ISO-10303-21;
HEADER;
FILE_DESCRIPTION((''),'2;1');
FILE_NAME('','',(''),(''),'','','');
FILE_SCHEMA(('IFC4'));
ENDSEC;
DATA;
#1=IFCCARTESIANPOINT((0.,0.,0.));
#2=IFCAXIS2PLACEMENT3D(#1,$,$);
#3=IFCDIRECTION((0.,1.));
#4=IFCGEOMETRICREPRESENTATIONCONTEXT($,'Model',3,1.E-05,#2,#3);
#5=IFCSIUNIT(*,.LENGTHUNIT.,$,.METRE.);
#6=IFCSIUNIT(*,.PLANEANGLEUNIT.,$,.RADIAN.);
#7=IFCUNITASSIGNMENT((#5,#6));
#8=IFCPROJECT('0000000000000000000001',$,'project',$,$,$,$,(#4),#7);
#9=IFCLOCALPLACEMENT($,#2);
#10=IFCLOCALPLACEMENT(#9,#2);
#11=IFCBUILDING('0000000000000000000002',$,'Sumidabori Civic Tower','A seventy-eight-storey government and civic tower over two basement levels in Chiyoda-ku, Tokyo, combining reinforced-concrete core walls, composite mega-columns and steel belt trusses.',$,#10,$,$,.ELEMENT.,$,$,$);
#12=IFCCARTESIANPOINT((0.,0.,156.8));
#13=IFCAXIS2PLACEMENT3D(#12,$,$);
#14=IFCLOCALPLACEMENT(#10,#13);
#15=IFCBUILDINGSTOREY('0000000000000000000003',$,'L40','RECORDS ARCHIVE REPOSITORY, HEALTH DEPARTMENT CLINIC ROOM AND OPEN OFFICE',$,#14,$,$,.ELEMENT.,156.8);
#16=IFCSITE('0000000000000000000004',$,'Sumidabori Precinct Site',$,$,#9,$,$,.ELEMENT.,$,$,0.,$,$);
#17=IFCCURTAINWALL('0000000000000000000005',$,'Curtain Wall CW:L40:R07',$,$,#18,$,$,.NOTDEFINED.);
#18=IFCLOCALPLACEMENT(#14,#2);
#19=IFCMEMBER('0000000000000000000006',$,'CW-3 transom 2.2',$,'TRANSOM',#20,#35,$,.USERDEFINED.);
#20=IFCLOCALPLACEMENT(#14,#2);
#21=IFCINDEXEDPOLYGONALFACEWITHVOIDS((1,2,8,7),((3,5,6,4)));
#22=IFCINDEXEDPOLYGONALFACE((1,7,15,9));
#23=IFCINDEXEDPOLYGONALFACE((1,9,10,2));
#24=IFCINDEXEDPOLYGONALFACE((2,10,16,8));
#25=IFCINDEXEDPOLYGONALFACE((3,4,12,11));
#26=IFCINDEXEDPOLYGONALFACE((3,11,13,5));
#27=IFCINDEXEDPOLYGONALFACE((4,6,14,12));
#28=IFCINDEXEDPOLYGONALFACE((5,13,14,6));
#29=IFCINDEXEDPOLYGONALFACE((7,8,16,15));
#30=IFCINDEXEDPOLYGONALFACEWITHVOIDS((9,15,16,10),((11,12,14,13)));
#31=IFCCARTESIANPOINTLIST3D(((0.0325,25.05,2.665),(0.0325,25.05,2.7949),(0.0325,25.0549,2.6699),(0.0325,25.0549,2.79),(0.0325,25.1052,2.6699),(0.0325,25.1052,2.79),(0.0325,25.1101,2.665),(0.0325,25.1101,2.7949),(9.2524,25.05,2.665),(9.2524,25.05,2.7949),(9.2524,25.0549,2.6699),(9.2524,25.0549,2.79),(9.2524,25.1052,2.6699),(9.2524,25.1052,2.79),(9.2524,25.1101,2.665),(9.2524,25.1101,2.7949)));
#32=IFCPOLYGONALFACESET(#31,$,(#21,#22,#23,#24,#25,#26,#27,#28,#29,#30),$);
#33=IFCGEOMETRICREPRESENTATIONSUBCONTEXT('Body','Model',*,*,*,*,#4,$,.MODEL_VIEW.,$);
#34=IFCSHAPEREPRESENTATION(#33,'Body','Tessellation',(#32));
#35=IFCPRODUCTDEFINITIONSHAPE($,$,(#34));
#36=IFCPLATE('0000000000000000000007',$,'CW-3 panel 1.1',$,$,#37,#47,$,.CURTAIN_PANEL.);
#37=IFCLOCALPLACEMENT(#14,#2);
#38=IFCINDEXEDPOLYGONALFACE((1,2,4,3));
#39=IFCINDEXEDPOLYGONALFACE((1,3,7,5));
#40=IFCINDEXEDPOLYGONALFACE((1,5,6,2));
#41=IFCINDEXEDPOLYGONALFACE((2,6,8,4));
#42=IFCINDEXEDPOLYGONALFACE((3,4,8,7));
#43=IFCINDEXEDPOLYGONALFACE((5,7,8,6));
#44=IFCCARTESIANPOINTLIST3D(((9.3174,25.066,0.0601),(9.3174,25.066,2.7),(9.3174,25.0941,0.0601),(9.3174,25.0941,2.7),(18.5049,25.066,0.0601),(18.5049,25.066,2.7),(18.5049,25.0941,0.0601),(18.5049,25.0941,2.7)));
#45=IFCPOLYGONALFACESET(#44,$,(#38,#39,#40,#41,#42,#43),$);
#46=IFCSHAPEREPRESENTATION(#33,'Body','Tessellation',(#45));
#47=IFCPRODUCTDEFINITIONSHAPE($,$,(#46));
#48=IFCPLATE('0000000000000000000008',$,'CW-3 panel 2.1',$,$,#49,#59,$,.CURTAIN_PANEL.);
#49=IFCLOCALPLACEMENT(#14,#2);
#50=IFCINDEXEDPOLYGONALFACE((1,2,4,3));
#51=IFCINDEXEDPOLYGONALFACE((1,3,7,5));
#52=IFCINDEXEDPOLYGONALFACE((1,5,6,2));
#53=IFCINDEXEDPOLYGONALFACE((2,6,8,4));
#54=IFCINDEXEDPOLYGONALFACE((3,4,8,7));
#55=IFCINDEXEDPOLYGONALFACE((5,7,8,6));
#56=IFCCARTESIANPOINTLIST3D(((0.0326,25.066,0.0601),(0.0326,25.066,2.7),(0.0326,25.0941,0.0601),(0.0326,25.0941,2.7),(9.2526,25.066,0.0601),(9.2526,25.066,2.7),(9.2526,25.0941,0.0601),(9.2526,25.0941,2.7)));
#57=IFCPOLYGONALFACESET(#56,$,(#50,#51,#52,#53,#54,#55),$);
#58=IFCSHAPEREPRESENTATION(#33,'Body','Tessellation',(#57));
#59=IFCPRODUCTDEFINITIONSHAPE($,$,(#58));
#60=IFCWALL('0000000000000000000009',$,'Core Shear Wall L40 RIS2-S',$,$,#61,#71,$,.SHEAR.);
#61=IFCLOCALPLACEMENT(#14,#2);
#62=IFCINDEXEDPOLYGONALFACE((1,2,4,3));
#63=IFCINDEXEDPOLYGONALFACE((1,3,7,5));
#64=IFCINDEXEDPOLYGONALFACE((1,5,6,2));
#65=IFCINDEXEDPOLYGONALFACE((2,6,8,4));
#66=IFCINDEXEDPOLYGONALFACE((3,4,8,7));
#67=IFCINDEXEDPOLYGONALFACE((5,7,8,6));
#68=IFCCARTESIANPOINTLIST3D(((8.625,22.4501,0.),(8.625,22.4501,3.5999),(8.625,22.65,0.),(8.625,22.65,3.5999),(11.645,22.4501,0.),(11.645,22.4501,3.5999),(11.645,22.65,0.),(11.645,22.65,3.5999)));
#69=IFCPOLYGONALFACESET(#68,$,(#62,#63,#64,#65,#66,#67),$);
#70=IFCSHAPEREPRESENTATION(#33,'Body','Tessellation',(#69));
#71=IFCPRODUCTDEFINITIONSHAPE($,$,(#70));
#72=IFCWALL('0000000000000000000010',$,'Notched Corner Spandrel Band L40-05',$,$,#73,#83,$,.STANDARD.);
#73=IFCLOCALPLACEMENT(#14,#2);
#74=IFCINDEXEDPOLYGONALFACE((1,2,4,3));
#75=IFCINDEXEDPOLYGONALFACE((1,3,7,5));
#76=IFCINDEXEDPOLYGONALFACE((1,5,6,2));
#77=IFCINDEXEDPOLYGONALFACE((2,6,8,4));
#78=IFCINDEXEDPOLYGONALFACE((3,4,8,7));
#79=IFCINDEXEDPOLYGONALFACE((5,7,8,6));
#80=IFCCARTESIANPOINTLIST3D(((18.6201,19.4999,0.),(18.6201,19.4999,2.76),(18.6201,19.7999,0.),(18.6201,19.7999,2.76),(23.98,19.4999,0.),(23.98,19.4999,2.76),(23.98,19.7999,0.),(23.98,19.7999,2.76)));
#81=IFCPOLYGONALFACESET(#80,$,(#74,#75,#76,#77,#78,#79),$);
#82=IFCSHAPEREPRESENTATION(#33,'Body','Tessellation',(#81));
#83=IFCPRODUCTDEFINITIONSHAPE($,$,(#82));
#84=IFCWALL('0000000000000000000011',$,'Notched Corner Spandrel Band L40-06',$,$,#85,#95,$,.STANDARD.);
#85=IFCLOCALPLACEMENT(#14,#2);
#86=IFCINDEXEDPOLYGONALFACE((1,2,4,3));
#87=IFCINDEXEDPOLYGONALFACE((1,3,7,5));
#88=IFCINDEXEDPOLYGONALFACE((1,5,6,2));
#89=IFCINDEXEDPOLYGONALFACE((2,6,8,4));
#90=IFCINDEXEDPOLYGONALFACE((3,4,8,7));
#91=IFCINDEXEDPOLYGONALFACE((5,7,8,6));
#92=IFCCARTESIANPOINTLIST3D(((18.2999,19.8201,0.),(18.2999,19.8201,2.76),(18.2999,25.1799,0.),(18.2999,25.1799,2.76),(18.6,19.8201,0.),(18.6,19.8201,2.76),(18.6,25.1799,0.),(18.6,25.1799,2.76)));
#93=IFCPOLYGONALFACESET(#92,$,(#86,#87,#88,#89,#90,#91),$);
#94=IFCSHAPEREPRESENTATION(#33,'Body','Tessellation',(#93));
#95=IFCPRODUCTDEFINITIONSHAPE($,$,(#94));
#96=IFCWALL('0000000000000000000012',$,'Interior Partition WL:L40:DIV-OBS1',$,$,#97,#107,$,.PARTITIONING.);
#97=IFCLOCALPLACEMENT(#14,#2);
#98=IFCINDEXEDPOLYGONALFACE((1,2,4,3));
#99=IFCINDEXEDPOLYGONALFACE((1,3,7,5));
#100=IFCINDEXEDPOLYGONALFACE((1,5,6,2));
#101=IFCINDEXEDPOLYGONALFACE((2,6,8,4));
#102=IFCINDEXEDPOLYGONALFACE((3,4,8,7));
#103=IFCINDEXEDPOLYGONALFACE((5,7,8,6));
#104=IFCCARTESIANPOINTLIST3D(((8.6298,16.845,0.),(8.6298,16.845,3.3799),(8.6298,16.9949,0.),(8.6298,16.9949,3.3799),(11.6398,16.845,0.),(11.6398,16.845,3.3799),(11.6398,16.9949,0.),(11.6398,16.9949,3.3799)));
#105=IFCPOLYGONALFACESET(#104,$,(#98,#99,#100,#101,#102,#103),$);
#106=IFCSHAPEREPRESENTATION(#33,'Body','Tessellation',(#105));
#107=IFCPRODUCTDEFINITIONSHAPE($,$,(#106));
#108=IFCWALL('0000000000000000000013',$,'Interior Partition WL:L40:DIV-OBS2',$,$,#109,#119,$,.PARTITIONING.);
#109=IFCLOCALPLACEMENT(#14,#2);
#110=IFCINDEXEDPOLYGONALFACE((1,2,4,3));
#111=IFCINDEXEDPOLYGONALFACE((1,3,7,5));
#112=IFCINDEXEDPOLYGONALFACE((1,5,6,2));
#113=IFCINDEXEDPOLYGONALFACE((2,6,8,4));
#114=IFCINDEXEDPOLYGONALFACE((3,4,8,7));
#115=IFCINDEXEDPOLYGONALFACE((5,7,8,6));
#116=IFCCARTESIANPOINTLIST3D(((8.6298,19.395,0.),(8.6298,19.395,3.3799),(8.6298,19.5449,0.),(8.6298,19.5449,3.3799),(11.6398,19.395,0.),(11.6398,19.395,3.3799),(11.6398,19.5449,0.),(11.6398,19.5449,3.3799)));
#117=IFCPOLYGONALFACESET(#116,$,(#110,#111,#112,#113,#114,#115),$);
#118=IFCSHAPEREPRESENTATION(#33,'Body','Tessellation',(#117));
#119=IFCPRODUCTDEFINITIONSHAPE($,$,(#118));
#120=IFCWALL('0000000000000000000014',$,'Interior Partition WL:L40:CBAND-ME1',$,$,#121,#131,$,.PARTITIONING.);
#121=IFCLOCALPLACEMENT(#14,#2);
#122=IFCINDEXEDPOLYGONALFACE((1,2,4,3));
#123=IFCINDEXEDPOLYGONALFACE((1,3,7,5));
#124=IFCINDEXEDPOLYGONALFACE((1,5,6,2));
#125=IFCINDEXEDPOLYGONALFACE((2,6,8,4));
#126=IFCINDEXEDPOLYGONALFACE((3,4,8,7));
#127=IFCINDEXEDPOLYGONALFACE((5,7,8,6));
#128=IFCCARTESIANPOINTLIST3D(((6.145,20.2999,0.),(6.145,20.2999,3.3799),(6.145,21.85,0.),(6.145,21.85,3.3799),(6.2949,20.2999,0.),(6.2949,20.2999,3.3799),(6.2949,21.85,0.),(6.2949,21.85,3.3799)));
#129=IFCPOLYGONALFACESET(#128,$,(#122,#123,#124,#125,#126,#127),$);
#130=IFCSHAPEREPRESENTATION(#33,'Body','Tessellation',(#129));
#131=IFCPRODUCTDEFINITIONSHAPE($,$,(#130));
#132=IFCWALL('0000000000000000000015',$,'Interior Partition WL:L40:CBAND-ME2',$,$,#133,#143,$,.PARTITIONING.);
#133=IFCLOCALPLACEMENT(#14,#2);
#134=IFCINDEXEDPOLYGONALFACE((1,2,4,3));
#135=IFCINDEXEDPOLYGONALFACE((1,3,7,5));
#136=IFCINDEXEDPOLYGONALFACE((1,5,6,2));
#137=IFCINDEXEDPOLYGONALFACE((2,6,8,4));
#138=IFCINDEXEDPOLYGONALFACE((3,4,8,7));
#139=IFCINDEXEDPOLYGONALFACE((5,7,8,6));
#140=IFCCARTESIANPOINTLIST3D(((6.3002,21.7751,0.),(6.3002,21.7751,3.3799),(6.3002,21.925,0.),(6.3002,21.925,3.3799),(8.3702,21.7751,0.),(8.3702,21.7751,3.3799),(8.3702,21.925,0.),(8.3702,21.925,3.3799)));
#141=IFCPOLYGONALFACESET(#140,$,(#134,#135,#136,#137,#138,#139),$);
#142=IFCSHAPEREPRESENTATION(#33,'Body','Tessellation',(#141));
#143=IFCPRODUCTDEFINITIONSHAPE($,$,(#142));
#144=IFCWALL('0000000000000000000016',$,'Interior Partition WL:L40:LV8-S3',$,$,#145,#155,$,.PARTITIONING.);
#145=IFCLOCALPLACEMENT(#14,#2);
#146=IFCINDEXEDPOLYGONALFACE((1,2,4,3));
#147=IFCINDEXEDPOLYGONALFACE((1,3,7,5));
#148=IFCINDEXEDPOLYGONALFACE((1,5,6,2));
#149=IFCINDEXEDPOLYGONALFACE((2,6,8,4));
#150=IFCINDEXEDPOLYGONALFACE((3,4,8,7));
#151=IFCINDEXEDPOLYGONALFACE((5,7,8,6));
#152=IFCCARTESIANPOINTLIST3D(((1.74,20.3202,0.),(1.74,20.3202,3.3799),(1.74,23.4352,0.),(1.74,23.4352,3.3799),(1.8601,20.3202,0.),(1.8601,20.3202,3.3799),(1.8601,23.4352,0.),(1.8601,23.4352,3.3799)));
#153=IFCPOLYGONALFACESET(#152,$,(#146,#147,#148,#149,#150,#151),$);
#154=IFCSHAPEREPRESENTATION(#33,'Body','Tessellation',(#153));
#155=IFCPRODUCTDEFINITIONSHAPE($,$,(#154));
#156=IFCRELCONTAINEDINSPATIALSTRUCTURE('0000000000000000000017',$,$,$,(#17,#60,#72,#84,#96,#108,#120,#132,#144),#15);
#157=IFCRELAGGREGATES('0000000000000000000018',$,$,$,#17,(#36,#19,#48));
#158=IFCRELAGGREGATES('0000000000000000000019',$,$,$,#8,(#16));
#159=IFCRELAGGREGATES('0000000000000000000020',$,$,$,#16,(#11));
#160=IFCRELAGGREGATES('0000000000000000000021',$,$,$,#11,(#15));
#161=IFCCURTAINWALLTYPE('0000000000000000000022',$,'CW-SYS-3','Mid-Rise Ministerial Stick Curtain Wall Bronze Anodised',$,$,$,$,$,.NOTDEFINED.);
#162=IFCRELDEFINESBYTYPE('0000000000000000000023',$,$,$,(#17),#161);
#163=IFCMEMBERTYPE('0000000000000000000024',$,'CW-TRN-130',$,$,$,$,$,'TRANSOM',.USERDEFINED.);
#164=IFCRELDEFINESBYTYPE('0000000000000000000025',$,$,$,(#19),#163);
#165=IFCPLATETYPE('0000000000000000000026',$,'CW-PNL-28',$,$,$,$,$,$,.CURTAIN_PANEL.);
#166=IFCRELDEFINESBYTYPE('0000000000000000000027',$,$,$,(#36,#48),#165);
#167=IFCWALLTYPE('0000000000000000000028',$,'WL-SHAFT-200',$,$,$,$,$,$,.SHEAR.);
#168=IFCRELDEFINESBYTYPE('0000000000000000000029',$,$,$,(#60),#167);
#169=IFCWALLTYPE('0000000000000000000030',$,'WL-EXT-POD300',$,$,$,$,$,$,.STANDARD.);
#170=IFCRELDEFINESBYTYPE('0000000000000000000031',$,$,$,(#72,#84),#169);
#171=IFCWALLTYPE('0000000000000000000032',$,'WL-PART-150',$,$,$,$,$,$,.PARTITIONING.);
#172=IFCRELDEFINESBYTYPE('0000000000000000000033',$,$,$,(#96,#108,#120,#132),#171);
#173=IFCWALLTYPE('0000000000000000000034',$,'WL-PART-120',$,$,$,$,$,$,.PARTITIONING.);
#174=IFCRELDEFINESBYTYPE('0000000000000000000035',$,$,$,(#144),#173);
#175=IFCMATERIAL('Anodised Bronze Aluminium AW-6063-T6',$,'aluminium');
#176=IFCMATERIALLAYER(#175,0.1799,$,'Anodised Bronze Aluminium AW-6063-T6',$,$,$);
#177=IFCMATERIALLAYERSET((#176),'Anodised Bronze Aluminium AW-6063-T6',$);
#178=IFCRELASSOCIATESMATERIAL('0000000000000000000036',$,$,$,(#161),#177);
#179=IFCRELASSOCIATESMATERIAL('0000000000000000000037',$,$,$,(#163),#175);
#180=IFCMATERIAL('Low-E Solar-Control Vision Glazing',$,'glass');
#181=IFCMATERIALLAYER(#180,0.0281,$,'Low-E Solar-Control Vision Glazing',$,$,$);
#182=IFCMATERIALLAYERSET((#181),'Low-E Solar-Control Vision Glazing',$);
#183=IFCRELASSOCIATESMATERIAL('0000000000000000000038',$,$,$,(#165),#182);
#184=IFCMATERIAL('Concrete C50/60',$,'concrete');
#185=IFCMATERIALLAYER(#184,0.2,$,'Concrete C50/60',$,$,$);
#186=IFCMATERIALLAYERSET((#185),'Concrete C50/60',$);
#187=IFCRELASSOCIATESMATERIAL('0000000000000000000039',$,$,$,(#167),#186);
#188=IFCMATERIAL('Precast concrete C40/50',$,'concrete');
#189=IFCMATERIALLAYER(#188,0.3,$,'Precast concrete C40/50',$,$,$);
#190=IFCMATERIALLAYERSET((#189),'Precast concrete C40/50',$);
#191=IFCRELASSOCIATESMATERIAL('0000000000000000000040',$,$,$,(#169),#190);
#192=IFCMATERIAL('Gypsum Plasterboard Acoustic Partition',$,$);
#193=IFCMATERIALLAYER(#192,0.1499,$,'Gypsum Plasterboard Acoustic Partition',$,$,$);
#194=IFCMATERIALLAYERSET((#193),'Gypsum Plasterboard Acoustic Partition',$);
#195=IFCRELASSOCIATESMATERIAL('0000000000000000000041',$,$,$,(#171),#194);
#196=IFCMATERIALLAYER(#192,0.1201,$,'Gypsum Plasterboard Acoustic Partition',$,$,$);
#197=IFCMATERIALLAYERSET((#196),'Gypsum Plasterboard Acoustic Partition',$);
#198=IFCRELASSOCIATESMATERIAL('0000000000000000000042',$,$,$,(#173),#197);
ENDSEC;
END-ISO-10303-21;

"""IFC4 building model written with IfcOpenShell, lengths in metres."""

from ifc_helpers import new_model, si_unit, direction, frame, frame_2d, origin, origin_2d, place, context, subcontext, project, spatial, rectangle, hollow_rectangle, extrude, source, transform, mapped, material, layer, layer_set, material_profile, profile_set, type_object, element, aggregate, save


model = new_model("IFC4")

# Units and contexts
model_context = context("Model", 3, precision=1e-05, world=origin(), true_north=direction((0.0, 1.0)))
body_context = subcontext(model_context, "Body", "Model", "MODEL_VIEW")
ifc_project = project(units=[si_unit("LENGTHUNIT", "METRE"), si_unit("PLANEANGLEUNIT", "RADIAN")], contexts=[model_context])

# Site, building, storey
site_placement = place(None, origin())
site = spatial("IfcSite", under=ifc_project, at=site_placement, Name="Sumidabori Precinct Site", CompositionType="ELEMENT", RefElevation=0.0)
building_placement = place(site_placement, origin())
building = spatial("IfcBuilding", under=site, at=building_placement, Name="Sumidabori Civic Tower", Description="A seventy-eight-storey government and civic tower over two basement levels in Chiyoda-ku, Tokyo, combining reinforced-concrete core walls, composite mega-columns and steel belt trusses.", CompositionType="ELEMENT")
storey_placement = place(building_placement, frame((0.0, 0.0, 156.8)))
storey = spatial("IfcBuildingStorey", under=building, at=storey_placement, Name="L40", Description="RECORDS ARCHIVE REPOSITORY, HEALTH DEPARTMENT CLINIC ROOM AND OPEN OFFICE", CompositionType="ELEMENT", Elevation=156.8)

# Shared definitions
ifc_material_1 = material(Name="Anodised Bronze Aluminium AW-6063-T6", Category="aluminium")
ifc_layer_1 = layer(ifc_material_1, 0.1799, Name="Anodised Bronze Aluminium AW-6063-T6")
ifc_layer_set_1 = layer_set([ifc_layer_1], Name="Anodised Bronze Aluminium AW-6063-T6")
curtain_wall_type = type_object("IfcCurtainWallType", Name="CW-SYS-3", Description="Mid-Rise Ministerial Stick Curtain Wall Bronze Anodised", PredefinedType="NOTDEFINED", material=ifc_layer_set_1)

# Curtain wall, member, plates
curtain_wall_1_placement = place(storey_placement, origin())
curtain_wall_1 = element("IfcCurtainWall", 1, at=curtain_wall_1_placement, inside=storey, type_object=curtain_wall_type, Name="Curtain Wall CW:L40:R07", PredefinedType="NOTDEFINED")
ifc_material_profile_1 = material_profile(ifc_material_1, hollow_rectangle(XDim=0.0601, YDim=0.1299, WallThickness=0.0049, at=origin_2d()), Name="ALU TRANSOM 130x60")
ifc_profile_set_1 = profile_set([ifc_material_profile_1], Name="Anodised Bronze Aluminium AW-6063-T6")
member_type_1 = type_object("IfcMemberType", Name="CW-TRN-130", ElementType="TRANSOM", PredefinedType="USERDEFINED", material=ifc_profile_set_1)
shared_shape_1 = source(origin(), body_context, "Body", "SweptSolid", [
    extrude(hollow_rectangle(XDim=0.0601, YDim=0.1299, WallThickness=0.0049, at=origin_2d()), origin(), (0.0, 0.0, 1.0), 9.22),
])
member_1_placement = place(storey_placement, frame((9.2524, 25.0801, 2.73), z_axis=(-1.0, 0.0, 0.0), x_axis=(0.0, -1.0, 0.0)))
member_1 = element("IfcMember", 2, at=member_1_placement, type_object=member_type_1, Name="CW-3 transom 2.2", ObjectType="TRANSOM", PredefinedType="USERDEFINED", context=body_context, shape_type="MappedRepresentation", body=[
    mapped(shared_shape_1, transform((0.0, 0.0, 0.0), x_axis=(1.0, 0.0, 0.0), y_axis=(0.0, 1.0, 0.0), z_axis=(0.0, 0.0, 1.0), scale=1.0)),
])
ifc_material_2 = material(Name="Low-E Solar-Control Vision Glazing", Category="glass")
ifc_layer_2 = layer(ifc_material_2, 0.0281, Name="Low-E Solar-Control Vision Glazing")
ifc_layer_set_2 = layer_set([ifc_layer_2], Name="Low-E Solar-Control Vision Glazing")
plate_type = type_object("IfcPlateType", Name="CW-PNL-28", PredefinedType="CURTAIN_PANEL", material=ifc_layer_set_2)
shared_shape_2 = source(origin(), body_context, "Body", "SweptSolid", [
    extrude(rectangle(XDim=9.1875, YDim=0.0281, at=origin_2d()), origin(), (0.0, 0.0, 1.0), 2.6399),
])
plate_1_placement = place(storey_placement, frame((13.9111, 25.0801, 0.0601), z_axis=(0.0, 0.0, 1.0), x_axis=(-1.0, 0.0, 0.0)))
plate_1 = element("IfcPlate", 3, at=plate_1_placement, type_object=plate_type, Name="CW-3 panel 1.1", PredefinedType="CURTAIN_PANEL", context=body_context, shape_type="MappedRepresentation", body=[
    mapped(shared_shape_2, transform((0.0, 0.0, 0.0), x_axis=(1.0, 0.0, 0.0), y_axis=(0.0, 1.0, 0.0), z_axis=(0.0, 0.0, 1.0), scale=1.0)),
])
shared_shape_3 = source(origin(), body_context, "Body", "SweptSolid", [
    extrude(rectangle(XDim=9.22, YDim=0.0281, at=origin_2d()), origin(), (0.0, 0.0, 1.0), 2.6399),
])
plate_2_placement = place(storey_placement, frame((4.6426, 25.0801, 0.0601), z_axis=(0.0, 0.0, 1.0), x_axis=(-1.0, 0.0, 0.0)))
plate_2 = element("IfcPlate", 4, at=plate_2_placement, type_object=plate_type, Name="CW-3 panel 2.1", PredefinedType="CURTAIN_PANEL", context=body_context, shape_type="MappedRepresentation", body=[
    mapped(shared_shape_3, transform((0.0, 0.0, 0.0), x_axis=(1.0, 0.0, 0.0), y_axis=(0.0, 1.0, 0.0), z_axis=(0.0, 0.0, 1.0), scale=1.0)),
])
aggregate(curtain_wall_1, [plate_1, member_1, plate_2])

# Walls
ifc_material_3 = material(Name="Concrete C50/60", Category="concrete")
ifc_layer_3 = layer(ifc_material_3, 0.2, Name="Concrete C50/60")
ifc_layer_set_3 = layer_set([ifc_layer_3], Name="Concrete C50/60")
wall_type_1 = type_object("IfcWallType", Name="WL-SHAFT-200", PredefinedType="SHEAR", material=ifc_layer_set_3)
shared_shape_4 = source(origin(), body_context, "Body", "SweptSolid", [
    extrude(rectangle(XDim=3.02, YDim=0.2, at=frame_2d((1.51, 0.0))), origin(), (0.0, 0.0, 1.0), 3.5999),
])
wall_1_placement = place(storey_placement, frame((8.625, 22.55, 0.0), z_axis=(0.0, 0.0, 1.0), x_axis=(1.0, 0.0, 0.0)))
element("IfcWall", 5, at=wall_1_placement, inside=storey, type_object=wall_type_1, Name="Core Shear Wall L40 RIS2-S", PredefinedType="SHEAR", context=body_context, shape_type="MappedRepresentation", body=[
    mapped(shared_shape_4, transform((0.0, 0.0, 0.0), x_axis=(1.0, 0.0, 0.0), y_axis=(0.0, 1.0, 0.0), z_axis=(0.0, 0.0, 1.0), scale=1.0)),
])
ifc_material_4 = material(Name="Precast concrete C40/50", Category="concrete")
ifc_layer_4 = layer(ifc_material_4, 0.3, Name="Precast concrete C40/50")
ifc_layer_set_4 = layer_set([ifc_layer_4], Name="Precast concrete C40/50")
wall_type_2 = type_object("IfcWallType", Name="WL-EXT-POD300", PredefinedType="STANDARD", material=ifc_layer_set_4)
shared_shape_5 = source(origin(), body_context, "Body", "SweptSolid", [
    extrude(rectangle(XDim=5.3599, YDim=0.3, at=frame_2d((2.6799, 0.0))), origin(), (0.0, 0.0, 1.0), 2.76),
])
for number, where, z_axis, x_axis, name in (
    (6, (23.98, 19.6499, 0.0), (0.0, 0.0, 1.0), (-1.0, 0.0, 0.0), "Notched Corner Spandrel Band L40-05"),
    (7, (18.45, 19.8201, 0.0), (0.0, 0.0, 1.0), (0.0, 1.0, 0.0), "Notched Corner Spandrel Band L40-06"),
):
    element("IfcWall", number, at=place(storey_placement, frame(where, z_axis=z_axis, x_axis=x_axis)), inside=storey, type_object=wall_type_2, Name=name, PredefinedType="STANDARD", context=body_context, shape_type="MappedRepresentation", body=[
        mapped(shared_shape_5, transform((0.0, 0.0, 0.0), x_axis=(1.0, 0.0, 0.0), y_axis=(0.0, 1.0, 0.0), z_axis=(0.0, 0.0, 1.0), scale=1.0)),
    ])
ifc_material_5 = material(Name="Gypsum Plasterboard Acoustic Partition")
ifc_layer_5 = layer(ifc_material_5, 0.1499, Name="Gypsum Plasterboard Acoustic Partition")
ifc_layer_set_5 = layer_set([ifc_layer_5], Name="Gypsum Plasterboard Acoustic Partition")
wall_type_3 = type_object("IfcWallType", Name="WL-PART-150", PredefinedType="PARTITIONING", material=ifc_layer_set_5)
shared_shape_6 = source(origin(), body_context, "Body", "SweptSolid", [
    extrude(rectangle(XDim=3.01, YDim=0.1499, at=frame_2d((1.5049, 0.0))), origin(), (0.0, 0.0, 1.0), 3.3799),
])
for number, where, z_axis, x_axis, name in (
    (8, (8.6299, 16.9199, 0.0), (0.0, 0.0, 1.0), (1.0, 0.0, 0.0), "Interior Partition WL:L40:DIV-OBS1"),
    (9, (8.6299, 19.47, 0.0), (0.0, 0.0, 1.0), (1.0, 0.0, 0.0), "Interior Partition WL:L40:DIV-OBS2"),
):
    element("IfcWall", number, at=place(storey_placement, frame(where, z_axis=z_axis, x_axis=x_axis)), inside=storey, type_object=wall_type_3, Name=name, PredefinedType="PARTITIONING", context=body_context, shape_type="MappedRepresentation", body=[
        mapped(shared_shape_6, transform((0.0, 0.0, 0.0), x_axis=(1.0, 0.0, 0.0), y_axis=(0.0, 1.0, 0.0), z_axis=(0.0, 0.0, 1.0), scale=1.0)),
    ])
shared_shape_7 = source(origin(), body_context, "Body", "SweptSolid", [
    extrude(rectangle(XDim=1.55, YDim=0.1499, at=frame_2d((0.7749, 0.0))), origin(), (0.0, 0.0, 1.0), 3.3799),
])
wall_2_placement = place(storey_placement, frame((6.22, 20.3, 0.0), z_axis=(0.0, 0.0, 1.0), x_axis=(0.0, 1.0, 0.0)))
element("IfcWall", 10, at=wall_2_placement, inside=storey, type_object=wall_type_3, Name="Interior Partition WL:L40:CBAND-ME1", PredefinedType="PARTITIONING", context=body_context, shape_type="MappedRepresentation", body=[
    mapped(shared_shape_7, transform((0.0, 0.0, 0.0), x_axis=(1.0, 0.0, 0.0), y_axis=(0.0, 1.0, 0.0), z_axis=(0.0, 0.0, 1.0), scale=1.0)),
])
shared_shape_8 = source(origin(), body_context, "Body", "SweptSolid", [
    extrude(rectangle(XDim=2.0701, YDim=0.1499, at=frame_2d((1.0352, 0.0))), origin(), (0.0, 0.0, 1.0), 3.3799),
])
wall_3_placement = place(storey_placement, frame((6.3, 21.8501, 0.0), z_axis=(0.0, 0.0, 1.0), x_axis=(1.0, 0.0, 0.0)))
element("IfcWall", 11, at=wall_3_placement, inside=storey, type_object=wall_type_3, Name="Interior Partition WL:L40:CBAND-ME2", PredefinedType="PARTITIONING", context=body_context, shape_type="MappedRepresentation", body=[
    mapped(shared_shape_8, transform((0.0, 0.0, 0.0), x_axis=(1.0, 0.0, 0.0), y_axis=(0.0, 1.0, 0.0), z_axis=(0.0, 0.0, 1.0), scale=1.0)),
])
ifc_layer_6 = layer(ifc_material_5, 0.1201, Name="Gypsum Plasterboard Acoustic Partition")
ifc_layer_set_6 = layer_set([ifc_layer_6], Name="Gypsum Plasterboard Acoustic Partition")
wall_type_4 = type_object("IfcWallType", Name="WL-PART-120", PredefinedType="PARTITIONING", material=ifc_layer_set_6)
shared_shape_9 = source(origin(), body_context, "Body", "SweptSolid", [
    extrude(rectangle(XDim=3.115, YDim=0.1201, at=frame_2d((1.5576, 0.0))), origin(), (0.0, 0.0, 1.0), 3.3799),
])
wall_4_placement = place(storey_placement, frame((1.8, 20.3201, 0.0), z_axis=(0.0, 0.0, 1.0), x_axis=(0.0, 1.0, 0.0)))
element("IfcWall", 12, at=wall_4_placement, inside=storey, type_object=wall_type_4, Name="Interior Partition WL:L40:LV8-S3", PredefinedType="PARTITIONING", context=body_context, shape_type="MappedRepresentation", body=[
    mapped(shared_shape_9, transform((0.0, 0.0, 0.0), x_axis=(1.0, 0.0, 0.0), y_axis=(0.0, 1.0, 0.0), z_axis=(0.0, 0.0, 1.0), scale=1.0)),
])

save(model, "model.ifc")
